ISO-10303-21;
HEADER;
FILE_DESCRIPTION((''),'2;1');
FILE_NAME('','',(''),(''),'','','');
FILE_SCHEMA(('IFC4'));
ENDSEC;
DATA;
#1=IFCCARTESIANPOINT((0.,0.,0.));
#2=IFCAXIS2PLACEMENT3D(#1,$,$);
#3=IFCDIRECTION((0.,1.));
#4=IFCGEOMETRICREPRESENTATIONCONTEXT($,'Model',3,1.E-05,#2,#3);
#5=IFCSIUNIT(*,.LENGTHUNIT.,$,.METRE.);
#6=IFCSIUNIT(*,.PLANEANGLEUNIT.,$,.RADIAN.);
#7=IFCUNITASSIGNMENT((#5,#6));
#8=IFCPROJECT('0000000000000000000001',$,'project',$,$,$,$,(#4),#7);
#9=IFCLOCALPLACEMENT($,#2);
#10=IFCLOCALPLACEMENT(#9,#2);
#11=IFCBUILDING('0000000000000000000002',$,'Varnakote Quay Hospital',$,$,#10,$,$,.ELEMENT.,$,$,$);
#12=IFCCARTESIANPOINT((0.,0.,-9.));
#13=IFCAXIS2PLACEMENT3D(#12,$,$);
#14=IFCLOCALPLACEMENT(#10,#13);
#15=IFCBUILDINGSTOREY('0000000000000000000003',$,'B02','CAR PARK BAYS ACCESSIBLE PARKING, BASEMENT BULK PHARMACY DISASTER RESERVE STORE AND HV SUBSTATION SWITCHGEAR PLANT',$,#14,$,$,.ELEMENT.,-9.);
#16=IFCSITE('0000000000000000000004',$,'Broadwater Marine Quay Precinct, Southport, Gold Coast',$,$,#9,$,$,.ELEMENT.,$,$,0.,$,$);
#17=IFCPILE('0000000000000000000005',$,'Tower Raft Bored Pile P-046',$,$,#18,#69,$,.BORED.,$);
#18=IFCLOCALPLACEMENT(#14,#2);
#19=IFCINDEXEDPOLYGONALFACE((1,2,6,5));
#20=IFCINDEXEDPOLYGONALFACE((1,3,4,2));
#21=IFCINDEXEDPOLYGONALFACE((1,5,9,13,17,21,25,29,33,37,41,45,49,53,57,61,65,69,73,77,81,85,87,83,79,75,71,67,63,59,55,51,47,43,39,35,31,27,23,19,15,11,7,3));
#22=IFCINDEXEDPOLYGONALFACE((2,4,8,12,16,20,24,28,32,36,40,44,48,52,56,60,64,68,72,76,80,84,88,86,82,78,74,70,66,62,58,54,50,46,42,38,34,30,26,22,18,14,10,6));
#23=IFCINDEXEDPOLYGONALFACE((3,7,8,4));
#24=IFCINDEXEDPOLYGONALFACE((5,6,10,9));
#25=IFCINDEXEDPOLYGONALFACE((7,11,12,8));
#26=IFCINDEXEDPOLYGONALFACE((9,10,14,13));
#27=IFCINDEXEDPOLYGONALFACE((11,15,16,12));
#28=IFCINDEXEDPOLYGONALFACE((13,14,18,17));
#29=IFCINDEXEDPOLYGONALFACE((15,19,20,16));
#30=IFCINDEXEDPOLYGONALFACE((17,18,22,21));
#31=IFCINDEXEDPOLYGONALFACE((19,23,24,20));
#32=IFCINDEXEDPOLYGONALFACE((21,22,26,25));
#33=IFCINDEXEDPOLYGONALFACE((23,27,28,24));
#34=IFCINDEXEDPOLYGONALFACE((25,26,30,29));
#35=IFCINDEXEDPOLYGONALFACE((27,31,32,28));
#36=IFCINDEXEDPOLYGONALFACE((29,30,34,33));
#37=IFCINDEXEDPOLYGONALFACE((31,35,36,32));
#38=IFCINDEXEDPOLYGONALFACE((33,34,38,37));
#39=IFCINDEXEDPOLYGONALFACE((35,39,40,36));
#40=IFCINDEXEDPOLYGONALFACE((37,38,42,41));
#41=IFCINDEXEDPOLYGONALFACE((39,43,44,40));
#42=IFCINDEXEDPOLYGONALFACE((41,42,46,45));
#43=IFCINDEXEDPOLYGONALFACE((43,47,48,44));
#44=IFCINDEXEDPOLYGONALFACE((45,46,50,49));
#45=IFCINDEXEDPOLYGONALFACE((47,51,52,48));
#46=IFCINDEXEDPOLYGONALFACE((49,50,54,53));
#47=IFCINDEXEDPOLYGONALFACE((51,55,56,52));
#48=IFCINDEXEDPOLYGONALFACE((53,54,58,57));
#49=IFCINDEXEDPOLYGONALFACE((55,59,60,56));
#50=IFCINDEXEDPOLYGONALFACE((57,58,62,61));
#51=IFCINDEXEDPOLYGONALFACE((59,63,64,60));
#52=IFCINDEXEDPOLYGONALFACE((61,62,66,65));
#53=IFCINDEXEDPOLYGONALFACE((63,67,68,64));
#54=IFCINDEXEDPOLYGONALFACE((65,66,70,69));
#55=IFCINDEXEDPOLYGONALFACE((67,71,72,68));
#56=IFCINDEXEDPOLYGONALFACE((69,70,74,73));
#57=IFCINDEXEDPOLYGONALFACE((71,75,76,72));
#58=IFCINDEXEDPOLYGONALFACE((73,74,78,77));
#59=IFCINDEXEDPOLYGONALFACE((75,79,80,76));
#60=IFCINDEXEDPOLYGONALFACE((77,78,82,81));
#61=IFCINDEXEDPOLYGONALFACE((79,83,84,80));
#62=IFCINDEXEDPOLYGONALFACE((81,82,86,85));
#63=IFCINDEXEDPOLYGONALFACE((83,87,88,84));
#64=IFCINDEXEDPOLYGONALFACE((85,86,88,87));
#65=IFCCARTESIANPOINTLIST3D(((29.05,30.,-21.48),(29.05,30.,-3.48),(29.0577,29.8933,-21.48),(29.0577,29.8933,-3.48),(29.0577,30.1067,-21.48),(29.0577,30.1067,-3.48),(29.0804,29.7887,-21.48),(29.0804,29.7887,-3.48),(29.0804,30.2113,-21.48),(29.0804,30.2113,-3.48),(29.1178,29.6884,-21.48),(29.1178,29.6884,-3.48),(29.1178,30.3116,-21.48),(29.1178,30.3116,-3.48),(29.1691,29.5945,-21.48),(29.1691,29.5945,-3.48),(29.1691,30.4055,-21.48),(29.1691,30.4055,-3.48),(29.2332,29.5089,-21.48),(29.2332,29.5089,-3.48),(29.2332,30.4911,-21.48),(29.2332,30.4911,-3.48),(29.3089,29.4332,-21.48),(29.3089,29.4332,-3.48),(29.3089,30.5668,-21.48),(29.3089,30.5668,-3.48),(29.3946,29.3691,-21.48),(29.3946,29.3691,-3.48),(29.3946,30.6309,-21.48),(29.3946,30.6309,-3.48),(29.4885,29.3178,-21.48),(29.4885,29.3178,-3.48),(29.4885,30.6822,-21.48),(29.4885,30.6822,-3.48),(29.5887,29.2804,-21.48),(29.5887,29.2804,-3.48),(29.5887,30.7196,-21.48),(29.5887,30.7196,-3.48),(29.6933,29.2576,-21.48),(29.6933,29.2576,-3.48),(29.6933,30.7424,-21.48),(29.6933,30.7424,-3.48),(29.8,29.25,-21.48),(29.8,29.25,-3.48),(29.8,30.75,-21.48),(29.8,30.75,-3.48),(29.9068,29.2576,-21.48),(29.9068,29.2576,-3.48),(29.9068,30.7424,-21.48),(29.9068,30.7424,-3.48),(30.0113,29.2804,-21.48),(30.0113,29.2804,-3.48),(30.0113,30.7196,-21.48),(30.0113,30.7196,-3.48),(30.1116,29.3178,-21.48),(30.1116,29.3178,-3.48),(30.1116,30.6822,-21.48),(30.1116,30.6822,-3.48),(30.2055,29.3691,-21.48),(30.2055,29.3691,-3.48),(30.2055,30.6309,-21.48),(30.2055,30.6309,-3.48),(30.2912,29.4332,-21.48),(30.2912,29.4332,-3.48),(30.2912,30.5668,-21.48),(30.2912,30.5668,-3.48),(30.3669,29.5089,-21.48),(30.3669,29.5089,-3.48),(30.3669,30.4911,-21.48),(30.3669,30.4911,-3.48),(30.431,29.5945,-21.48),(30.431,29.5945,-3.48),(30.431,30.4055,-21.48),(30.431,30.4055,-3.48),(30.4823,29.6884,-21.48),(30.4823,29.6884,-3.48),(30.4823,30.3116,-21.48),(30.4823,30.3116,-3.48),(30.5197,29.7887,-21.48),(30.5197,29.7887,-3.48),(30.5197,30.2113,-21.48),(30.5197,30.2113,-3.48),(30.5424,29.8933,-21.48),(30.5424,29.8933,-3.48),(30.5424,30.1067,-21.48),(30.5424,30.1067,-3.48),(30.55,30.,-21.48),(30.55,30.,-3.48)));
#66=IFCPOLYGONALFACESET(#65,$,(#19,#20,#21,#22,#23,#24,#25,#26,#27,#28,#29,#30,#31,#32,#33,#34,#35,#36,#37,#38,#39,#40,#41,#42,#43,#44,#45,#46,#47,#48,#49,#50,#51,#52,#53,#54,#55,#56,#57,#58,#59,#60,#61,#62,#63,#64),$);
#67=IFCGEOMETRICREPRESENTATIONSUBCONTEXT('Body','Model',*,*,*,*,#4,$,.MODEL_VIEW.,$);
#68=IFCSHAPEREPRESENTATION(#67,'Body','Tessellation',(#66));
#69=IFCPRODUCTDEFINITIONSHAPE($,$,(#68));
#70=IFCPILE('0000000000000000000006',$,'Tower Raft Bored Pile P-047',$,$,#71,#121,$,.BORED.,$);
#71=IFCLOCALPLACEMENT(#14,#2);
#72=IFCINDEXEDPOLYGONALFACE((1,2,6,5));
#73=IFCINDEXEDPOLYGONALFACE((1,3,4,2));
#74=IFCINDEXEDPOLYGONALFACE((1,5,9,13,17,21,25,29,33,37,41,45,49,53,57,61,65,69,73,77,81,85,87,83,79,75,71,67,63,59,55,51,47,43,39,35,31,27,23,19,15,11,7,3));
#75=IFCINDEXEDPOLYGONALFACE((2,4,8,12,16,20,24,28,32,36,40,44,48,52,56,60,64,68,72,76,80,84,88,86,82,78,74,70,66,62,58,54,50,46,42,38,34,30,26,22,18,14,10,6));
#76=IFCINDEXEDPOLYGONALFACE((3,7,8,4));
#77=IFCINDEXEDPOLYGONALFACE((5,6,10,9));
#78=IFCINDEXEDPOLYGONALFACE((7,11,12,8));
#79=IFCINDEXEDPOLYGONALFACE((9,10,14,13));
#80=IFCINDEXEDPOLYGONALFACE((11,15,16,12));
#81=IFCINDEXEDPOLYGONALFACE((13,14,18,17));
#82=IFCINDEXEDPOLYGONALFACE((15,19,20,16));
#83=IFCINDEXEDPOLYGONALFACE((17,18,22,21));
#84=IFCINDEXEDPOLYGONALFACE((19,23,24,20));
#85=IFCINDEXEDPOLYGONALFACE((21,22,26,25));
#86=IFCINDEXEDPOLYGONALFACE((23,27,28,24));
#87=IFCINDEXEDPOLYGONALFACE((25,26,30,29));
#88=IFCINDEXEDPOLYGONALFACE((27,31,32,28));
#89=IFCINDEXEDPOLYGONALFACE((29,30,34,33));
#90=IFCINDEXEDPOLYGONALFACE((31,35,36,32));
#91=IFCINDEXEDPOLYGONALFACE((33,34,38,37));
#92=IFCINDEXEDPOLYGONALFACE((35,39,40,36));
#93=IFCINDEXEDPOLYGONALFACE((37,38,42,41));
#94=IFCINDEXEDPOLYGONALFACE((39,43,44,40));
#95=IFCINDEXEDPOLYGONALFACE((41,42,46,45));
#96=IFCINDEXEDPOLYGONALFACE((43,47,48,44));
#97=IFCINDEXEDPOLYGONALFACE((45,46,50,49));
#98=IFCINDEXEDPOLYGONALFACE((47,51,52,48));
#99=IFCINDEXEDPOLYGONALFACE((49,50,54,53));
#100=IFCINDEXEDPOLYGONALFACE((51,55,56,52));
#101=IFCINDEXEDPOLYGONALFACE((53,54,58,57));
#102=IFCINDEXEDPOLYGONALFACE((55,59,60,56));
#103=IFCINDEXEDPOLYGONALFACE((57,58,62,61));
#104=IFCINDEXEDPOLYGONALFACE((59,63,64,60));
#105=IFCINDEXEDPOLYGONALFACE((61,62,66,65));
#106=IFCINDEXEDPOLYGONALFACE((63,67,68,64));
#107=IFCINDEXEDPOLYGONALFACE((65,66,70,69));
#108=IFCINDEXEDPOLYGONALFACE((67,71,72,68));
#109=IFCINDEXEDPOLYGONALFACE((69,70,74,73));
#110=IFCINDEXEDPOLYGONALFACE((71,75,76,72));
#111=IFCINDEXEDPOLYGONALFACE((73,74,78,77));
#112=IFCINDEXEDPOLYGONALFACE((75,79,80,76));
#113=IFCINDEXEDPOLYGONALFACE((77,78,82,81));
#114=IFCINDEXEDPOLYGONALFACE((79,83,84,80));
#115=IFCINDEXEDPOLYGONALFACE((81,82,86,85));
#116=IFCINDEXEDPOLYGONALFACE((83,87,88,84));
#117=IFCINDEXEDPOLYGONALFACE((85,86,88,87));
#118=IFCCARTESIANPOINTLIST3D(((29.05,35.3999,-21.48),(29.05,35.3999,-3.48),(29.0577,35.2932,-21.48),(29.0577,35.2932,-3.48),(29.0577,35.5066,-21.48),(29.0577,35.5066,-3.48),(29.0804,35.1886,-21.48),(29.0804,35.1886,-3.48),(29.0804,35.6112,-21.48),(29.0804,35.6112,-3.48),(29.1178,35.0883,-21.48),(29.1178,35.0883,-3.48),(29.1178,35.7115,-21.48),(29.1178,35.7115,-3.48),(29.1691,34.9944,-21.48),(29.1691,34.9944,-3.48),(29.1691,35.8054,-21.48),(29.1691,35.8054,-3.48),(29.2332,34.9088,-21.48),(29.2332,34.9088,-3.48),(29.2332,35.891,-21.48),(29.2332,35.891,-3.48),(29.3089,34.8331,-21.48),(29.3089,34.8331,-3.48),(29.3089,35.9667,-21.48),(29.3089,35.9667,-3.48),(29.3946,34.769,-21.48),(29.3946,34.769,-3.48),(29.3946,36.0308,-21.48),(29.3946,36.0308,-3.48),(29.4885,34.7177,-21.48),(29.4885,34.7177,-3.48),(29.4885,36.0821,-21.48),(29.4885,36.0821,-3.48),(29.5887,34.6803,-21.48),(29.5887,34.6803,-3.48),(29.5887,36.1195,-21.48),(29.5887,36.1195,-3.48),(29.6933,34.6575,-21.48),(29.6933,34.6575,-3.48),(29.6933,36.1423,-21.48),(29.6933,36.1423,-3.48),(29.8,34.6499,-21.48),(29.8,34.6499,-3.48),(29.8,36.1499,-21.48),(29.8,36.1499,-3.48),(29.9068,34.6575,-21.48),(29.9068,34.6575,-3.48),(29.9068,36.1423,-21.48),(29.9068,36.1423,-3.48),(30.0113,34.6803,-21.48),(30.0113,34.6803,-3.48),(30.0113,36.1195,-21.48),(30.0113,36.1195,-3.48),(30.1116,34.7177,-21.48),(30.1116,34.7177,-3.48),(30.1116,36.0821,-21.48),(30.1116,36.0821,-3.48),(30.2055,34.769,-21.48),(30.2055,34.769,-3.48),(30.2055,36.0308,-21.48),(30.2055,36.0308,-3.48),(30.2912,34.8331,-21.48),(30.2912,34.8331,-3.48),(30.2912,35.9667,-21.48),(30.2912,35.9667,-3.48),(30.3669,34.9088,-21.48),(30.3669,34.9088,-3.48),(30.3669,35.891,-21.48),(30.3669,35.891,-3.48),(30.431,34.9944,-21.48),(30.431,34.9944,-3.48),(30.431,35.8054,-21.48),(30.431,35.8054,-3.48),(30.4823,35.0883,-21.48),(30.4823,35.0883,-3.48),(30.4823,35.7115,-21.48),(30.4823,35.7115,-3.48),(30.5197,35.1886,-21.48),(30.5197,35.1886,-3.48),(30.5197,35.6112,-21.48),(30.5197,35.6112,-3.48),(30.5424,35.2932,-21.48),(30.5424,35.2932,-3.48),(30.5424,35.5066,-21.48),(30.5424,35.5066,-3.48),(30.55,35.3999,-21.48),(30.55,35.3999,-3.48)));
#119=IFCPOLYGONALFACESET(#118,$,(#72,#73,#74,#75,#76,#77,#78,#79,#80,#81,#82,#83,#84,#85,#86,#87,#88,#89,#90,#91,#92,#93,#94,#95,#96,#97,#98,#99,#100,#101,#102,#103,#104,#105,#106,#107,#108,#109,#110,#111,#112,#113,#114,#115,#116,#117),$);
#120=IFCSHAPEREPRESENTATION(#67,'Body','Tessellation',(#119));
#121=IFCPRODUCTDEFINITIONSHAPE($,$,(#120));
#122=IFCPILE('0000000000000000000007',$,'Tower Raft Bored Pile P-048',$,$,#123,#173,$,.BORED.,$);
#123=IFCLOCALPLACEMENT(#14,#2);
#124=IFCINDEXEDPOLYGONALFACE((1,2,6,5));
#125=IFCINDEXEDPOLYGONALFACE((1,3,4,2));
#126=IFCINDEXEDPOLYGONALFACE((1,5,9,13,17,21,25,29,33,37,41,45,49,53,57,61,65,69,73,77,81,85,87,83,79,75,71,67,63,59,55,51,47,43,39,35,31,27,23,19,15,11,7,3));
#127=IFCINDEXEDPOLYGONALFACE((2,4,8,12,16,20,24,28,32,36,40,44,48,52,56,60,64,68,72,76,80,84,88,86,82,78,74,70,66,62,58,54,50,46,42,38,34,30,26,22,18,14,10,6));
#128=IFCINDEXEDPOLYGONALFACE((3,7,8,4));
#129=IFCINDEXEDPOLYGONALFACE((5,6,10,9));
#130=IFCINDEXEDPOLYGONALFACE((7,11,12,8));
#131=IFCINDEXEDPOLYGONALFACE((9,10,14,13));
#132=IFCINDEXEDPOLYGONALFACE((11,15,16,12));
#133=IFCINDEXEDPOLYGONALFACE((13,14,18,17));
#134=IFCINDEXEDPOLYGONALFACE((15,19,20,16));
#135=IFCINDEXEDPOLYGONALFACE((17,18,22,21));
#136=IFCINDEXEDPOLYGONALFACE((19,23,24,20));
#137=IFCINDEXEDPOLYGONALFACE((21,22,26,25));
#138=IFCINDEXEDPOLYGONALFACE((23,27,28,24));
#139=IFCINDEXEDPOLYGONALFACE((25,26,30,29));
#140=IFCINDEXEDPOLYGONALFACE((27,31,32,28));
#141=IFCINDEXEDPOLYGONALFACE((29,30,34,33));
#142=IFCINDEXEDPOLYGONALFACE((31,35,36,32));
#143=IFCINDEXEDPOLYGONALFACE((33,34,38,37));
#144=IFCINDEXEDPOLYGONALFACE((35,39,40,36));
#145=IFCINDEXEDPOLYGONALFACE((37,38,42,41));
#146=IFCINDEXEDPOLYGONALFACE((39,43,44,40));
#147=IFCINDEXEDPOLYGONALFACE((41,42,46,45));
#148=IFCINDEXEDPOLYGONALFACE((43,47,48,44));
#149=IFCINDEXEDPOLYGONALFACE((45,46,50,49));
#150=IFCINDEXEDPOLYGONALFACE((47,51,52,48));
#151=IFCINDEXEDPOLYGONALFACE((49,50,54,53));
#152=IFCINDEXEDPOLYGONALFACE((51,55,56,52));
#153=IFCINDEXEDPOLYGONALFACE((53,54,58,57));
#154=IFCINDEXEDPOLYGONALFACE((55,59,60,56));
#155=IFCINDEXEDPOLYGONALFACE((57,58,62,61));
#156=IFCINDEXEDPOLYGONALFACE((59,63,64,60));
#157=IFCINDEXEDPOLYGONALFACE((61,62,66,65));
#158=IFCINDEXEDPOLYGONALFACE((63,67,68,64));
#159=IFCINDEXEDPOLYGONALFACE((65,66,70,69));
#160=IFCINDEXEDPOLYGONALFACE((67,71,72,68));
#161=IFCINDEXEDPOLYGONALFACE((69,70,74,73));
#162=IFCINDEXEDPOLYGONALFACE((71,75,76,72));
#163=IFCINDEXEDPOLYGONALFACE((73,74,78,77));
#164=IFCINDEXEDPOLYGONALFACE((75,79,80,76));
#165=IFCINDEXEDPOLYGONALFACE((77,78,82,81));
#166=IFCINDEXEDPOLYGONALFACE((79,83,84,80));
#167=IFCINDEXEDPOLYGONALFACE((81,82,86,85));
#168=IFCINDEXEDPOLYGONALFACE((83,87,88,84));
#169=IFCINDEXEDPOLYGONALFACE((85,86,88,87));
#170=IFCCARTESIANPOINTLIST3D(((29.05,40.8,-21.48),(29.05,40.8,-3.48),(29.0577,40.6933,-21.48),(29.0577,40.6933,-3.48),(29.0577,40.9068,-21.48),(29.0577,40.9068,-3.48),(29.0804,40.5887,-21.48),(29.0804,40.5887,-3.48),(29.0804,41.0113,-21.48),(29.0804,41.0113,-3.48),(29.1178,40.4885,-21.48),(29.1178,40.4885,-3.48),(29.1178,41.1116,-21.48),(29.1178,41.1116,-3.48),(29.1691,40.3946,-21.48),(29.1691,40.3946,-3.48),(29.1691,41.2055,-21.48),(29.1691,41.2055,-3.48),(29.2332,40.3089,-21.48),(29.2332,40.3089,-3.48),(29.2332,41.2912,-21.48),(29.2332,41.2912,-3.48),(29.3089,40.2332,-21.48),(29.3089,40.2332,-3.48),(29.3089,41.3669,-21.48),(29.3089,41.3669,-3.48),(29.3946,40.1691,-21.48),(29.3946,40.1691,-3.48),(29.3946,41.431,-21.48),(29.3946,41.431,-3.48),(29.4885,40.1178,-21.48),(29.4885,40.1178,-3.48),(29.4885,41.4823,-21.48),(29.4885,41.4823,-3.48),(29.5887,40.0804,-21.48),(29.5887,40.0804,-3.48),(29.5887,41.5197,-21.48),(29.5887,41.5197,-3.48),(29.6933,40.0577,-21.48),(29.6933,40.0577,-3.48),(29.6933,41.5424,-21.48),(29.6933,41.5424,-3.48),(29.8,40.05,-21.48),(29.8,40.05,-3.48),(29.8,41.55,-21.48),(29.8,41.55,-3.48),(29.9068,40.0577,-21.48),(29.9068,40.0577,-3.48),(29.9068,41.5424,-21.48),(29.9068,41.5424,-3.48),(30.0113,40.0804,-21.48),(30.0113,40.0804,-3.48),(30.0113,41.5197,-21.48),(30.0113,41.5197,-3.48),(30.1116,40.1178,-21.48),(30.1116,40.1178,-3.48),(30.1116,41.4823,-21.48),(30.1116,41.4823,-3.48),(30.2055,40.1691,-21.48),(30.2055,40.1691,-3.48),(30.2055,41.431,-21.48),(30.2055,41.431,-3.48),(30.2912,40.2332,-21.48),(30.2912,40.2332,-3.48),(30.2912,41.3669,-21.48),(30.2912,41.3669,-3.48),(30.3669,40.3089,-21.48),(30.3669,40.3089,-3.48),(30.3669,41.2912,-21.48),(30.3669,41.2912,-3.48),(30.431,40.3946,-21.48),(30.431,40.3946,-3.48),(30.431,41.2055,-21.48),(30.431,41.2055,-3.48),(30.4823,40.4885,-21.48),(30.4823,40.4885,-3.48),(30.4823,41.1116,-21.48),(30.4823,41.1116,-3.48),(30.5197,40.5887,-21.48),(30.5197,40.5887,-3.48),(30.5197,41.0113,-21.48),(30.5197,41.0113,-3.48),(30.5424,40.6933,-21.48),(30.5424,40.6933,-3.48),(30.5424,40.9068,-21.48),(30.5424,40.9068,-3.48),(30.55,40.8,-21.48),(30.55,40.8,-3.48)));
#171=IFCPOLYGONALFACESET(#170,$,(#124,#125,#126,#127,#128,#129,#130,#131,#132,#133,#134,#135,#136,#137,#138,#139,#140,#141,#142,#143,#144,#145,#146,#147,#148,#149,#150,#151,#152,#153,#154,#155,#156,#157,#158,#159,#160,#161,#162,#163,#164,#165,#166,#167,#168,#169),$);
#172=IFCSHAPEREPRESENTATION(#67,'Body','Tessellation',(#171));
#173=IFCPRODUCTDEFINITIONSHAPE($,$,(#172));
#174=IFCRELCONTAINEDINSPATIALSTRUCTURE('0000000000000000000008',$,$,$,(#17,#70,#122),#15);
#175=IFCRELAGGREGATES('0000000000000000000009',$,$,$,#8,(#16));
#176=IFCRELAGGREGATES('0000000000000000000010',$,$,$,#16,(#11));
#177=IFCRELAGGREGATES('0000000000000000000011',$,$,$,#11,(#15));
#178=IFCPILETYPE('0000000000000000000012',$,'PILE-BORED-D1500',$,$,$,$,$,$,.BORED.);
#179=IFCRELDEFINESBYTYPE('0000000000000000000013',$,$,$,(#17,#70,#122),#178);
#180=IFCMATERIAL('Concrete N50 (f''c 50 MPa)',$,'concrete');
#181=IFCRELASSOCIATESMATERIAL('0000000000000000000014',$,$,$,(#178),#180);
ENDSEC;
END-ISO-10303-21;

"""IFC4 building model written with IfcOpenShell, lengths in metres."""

from ifc_helpers import new_model, si_unit, direction, frame, origin, origin_2d, place, context, subcontext, project, spatial, circle, extrude, material, material_profile, profile_set, type_object, element, save


model = new_model("IFC4")

# Units and contexts
model_context = context("Model", 3, precision=1e-05, world=origin(), true_north=direction((0.0, 1.0)))
body_context = subcontext(model_context, "Body", "Model", "MODEL_VIEW")
ifc_project = project(units=[si_unit("LENGTHUNIT", "METRE"), si_unit("PLANEANGLEUNIT", "RADIAN")], contexts=[model_context])

# Site, building, storey
site_placement = place(None, origin())
site = spatial("IfcSite", under=ifc_project, at=site_placement, Name="Broadwater Marine Quay Precinct, Southport, Gold Coast", CompositionType="ELEMENT", RefElevation=0.0)
building_placement = place(site_placement, origin())
building = spatial("IfcBuilding", under=site, at=building_placement, Name="Varnakote Quay Hospital", CompositionType="ELEMENT")
storey_placement = place(building_placement, frame((0.0, 0.0, -9.0)))
storey = spatial("IfcBuildingStorey", under=building, at=storey_placement, Name="B02", Description="CAR PARK BAYS ACCESSIBLE PARKING, BASEMENT BULK PHARMACY DISASTER RESERVE STORE AND HV SUBSTATION SWITCHGEAR PLANT", CompositionType="ELEMENT", Elevation=-9.0)

# Piles
ifc_material_1 = material(Name="Concrete N50 (f'c 50 MPa)", Category="concrete")
ifc_material_profile_1 = material_profile(ifc_material_1, circle(Radius=0.75, at=origin_2d()), Name="PILE-D1500")
ifc_profile_set_1 = profile_set([ifc_material_profile_1], Name="Concrete N50 (f'c 50 MPa)")
pile_type = type_object("IfcPileType", Name="PILE-BORED-D1500", PredefinedType="BORED", material=ifc_profile_set_1)
for number, where, z_axis, x_axis, name in (
    (1, (29.8, 30.0, -3.48), (0.0, 0.0, -1.0), (1.0, 0.0, 0.0), "Tower Raft Bored Pile P-046"),
    (2, (29.8, 35.3999, -3.48), (0.0, 0.0, -1.0), (1.0, 0.0, 0.0), "Tower Raft Bored Pile P-047"),
    (3, (29.8, 40.8, -3.48), (0.0, 0.0, -1.0), (1.0, 0.0, 0.0), "Tower Raft Bored Pile P-048"),
):
    element("IfcPile", number, at=place(storey_placement, frame(where, z_axis=z_axis, x_axis=x_axis)), inside=storey, type_object=pile_type, Name=name, PredefinedType="BORED", context=body_context, shape_type="SweptSolid", body=[
        extrude(circle(Radius=0.75, at=origin_2d()), origin(), (0.0, 0.0, 1.0), 18.0),
    ])

save(model, "model.ifc")
